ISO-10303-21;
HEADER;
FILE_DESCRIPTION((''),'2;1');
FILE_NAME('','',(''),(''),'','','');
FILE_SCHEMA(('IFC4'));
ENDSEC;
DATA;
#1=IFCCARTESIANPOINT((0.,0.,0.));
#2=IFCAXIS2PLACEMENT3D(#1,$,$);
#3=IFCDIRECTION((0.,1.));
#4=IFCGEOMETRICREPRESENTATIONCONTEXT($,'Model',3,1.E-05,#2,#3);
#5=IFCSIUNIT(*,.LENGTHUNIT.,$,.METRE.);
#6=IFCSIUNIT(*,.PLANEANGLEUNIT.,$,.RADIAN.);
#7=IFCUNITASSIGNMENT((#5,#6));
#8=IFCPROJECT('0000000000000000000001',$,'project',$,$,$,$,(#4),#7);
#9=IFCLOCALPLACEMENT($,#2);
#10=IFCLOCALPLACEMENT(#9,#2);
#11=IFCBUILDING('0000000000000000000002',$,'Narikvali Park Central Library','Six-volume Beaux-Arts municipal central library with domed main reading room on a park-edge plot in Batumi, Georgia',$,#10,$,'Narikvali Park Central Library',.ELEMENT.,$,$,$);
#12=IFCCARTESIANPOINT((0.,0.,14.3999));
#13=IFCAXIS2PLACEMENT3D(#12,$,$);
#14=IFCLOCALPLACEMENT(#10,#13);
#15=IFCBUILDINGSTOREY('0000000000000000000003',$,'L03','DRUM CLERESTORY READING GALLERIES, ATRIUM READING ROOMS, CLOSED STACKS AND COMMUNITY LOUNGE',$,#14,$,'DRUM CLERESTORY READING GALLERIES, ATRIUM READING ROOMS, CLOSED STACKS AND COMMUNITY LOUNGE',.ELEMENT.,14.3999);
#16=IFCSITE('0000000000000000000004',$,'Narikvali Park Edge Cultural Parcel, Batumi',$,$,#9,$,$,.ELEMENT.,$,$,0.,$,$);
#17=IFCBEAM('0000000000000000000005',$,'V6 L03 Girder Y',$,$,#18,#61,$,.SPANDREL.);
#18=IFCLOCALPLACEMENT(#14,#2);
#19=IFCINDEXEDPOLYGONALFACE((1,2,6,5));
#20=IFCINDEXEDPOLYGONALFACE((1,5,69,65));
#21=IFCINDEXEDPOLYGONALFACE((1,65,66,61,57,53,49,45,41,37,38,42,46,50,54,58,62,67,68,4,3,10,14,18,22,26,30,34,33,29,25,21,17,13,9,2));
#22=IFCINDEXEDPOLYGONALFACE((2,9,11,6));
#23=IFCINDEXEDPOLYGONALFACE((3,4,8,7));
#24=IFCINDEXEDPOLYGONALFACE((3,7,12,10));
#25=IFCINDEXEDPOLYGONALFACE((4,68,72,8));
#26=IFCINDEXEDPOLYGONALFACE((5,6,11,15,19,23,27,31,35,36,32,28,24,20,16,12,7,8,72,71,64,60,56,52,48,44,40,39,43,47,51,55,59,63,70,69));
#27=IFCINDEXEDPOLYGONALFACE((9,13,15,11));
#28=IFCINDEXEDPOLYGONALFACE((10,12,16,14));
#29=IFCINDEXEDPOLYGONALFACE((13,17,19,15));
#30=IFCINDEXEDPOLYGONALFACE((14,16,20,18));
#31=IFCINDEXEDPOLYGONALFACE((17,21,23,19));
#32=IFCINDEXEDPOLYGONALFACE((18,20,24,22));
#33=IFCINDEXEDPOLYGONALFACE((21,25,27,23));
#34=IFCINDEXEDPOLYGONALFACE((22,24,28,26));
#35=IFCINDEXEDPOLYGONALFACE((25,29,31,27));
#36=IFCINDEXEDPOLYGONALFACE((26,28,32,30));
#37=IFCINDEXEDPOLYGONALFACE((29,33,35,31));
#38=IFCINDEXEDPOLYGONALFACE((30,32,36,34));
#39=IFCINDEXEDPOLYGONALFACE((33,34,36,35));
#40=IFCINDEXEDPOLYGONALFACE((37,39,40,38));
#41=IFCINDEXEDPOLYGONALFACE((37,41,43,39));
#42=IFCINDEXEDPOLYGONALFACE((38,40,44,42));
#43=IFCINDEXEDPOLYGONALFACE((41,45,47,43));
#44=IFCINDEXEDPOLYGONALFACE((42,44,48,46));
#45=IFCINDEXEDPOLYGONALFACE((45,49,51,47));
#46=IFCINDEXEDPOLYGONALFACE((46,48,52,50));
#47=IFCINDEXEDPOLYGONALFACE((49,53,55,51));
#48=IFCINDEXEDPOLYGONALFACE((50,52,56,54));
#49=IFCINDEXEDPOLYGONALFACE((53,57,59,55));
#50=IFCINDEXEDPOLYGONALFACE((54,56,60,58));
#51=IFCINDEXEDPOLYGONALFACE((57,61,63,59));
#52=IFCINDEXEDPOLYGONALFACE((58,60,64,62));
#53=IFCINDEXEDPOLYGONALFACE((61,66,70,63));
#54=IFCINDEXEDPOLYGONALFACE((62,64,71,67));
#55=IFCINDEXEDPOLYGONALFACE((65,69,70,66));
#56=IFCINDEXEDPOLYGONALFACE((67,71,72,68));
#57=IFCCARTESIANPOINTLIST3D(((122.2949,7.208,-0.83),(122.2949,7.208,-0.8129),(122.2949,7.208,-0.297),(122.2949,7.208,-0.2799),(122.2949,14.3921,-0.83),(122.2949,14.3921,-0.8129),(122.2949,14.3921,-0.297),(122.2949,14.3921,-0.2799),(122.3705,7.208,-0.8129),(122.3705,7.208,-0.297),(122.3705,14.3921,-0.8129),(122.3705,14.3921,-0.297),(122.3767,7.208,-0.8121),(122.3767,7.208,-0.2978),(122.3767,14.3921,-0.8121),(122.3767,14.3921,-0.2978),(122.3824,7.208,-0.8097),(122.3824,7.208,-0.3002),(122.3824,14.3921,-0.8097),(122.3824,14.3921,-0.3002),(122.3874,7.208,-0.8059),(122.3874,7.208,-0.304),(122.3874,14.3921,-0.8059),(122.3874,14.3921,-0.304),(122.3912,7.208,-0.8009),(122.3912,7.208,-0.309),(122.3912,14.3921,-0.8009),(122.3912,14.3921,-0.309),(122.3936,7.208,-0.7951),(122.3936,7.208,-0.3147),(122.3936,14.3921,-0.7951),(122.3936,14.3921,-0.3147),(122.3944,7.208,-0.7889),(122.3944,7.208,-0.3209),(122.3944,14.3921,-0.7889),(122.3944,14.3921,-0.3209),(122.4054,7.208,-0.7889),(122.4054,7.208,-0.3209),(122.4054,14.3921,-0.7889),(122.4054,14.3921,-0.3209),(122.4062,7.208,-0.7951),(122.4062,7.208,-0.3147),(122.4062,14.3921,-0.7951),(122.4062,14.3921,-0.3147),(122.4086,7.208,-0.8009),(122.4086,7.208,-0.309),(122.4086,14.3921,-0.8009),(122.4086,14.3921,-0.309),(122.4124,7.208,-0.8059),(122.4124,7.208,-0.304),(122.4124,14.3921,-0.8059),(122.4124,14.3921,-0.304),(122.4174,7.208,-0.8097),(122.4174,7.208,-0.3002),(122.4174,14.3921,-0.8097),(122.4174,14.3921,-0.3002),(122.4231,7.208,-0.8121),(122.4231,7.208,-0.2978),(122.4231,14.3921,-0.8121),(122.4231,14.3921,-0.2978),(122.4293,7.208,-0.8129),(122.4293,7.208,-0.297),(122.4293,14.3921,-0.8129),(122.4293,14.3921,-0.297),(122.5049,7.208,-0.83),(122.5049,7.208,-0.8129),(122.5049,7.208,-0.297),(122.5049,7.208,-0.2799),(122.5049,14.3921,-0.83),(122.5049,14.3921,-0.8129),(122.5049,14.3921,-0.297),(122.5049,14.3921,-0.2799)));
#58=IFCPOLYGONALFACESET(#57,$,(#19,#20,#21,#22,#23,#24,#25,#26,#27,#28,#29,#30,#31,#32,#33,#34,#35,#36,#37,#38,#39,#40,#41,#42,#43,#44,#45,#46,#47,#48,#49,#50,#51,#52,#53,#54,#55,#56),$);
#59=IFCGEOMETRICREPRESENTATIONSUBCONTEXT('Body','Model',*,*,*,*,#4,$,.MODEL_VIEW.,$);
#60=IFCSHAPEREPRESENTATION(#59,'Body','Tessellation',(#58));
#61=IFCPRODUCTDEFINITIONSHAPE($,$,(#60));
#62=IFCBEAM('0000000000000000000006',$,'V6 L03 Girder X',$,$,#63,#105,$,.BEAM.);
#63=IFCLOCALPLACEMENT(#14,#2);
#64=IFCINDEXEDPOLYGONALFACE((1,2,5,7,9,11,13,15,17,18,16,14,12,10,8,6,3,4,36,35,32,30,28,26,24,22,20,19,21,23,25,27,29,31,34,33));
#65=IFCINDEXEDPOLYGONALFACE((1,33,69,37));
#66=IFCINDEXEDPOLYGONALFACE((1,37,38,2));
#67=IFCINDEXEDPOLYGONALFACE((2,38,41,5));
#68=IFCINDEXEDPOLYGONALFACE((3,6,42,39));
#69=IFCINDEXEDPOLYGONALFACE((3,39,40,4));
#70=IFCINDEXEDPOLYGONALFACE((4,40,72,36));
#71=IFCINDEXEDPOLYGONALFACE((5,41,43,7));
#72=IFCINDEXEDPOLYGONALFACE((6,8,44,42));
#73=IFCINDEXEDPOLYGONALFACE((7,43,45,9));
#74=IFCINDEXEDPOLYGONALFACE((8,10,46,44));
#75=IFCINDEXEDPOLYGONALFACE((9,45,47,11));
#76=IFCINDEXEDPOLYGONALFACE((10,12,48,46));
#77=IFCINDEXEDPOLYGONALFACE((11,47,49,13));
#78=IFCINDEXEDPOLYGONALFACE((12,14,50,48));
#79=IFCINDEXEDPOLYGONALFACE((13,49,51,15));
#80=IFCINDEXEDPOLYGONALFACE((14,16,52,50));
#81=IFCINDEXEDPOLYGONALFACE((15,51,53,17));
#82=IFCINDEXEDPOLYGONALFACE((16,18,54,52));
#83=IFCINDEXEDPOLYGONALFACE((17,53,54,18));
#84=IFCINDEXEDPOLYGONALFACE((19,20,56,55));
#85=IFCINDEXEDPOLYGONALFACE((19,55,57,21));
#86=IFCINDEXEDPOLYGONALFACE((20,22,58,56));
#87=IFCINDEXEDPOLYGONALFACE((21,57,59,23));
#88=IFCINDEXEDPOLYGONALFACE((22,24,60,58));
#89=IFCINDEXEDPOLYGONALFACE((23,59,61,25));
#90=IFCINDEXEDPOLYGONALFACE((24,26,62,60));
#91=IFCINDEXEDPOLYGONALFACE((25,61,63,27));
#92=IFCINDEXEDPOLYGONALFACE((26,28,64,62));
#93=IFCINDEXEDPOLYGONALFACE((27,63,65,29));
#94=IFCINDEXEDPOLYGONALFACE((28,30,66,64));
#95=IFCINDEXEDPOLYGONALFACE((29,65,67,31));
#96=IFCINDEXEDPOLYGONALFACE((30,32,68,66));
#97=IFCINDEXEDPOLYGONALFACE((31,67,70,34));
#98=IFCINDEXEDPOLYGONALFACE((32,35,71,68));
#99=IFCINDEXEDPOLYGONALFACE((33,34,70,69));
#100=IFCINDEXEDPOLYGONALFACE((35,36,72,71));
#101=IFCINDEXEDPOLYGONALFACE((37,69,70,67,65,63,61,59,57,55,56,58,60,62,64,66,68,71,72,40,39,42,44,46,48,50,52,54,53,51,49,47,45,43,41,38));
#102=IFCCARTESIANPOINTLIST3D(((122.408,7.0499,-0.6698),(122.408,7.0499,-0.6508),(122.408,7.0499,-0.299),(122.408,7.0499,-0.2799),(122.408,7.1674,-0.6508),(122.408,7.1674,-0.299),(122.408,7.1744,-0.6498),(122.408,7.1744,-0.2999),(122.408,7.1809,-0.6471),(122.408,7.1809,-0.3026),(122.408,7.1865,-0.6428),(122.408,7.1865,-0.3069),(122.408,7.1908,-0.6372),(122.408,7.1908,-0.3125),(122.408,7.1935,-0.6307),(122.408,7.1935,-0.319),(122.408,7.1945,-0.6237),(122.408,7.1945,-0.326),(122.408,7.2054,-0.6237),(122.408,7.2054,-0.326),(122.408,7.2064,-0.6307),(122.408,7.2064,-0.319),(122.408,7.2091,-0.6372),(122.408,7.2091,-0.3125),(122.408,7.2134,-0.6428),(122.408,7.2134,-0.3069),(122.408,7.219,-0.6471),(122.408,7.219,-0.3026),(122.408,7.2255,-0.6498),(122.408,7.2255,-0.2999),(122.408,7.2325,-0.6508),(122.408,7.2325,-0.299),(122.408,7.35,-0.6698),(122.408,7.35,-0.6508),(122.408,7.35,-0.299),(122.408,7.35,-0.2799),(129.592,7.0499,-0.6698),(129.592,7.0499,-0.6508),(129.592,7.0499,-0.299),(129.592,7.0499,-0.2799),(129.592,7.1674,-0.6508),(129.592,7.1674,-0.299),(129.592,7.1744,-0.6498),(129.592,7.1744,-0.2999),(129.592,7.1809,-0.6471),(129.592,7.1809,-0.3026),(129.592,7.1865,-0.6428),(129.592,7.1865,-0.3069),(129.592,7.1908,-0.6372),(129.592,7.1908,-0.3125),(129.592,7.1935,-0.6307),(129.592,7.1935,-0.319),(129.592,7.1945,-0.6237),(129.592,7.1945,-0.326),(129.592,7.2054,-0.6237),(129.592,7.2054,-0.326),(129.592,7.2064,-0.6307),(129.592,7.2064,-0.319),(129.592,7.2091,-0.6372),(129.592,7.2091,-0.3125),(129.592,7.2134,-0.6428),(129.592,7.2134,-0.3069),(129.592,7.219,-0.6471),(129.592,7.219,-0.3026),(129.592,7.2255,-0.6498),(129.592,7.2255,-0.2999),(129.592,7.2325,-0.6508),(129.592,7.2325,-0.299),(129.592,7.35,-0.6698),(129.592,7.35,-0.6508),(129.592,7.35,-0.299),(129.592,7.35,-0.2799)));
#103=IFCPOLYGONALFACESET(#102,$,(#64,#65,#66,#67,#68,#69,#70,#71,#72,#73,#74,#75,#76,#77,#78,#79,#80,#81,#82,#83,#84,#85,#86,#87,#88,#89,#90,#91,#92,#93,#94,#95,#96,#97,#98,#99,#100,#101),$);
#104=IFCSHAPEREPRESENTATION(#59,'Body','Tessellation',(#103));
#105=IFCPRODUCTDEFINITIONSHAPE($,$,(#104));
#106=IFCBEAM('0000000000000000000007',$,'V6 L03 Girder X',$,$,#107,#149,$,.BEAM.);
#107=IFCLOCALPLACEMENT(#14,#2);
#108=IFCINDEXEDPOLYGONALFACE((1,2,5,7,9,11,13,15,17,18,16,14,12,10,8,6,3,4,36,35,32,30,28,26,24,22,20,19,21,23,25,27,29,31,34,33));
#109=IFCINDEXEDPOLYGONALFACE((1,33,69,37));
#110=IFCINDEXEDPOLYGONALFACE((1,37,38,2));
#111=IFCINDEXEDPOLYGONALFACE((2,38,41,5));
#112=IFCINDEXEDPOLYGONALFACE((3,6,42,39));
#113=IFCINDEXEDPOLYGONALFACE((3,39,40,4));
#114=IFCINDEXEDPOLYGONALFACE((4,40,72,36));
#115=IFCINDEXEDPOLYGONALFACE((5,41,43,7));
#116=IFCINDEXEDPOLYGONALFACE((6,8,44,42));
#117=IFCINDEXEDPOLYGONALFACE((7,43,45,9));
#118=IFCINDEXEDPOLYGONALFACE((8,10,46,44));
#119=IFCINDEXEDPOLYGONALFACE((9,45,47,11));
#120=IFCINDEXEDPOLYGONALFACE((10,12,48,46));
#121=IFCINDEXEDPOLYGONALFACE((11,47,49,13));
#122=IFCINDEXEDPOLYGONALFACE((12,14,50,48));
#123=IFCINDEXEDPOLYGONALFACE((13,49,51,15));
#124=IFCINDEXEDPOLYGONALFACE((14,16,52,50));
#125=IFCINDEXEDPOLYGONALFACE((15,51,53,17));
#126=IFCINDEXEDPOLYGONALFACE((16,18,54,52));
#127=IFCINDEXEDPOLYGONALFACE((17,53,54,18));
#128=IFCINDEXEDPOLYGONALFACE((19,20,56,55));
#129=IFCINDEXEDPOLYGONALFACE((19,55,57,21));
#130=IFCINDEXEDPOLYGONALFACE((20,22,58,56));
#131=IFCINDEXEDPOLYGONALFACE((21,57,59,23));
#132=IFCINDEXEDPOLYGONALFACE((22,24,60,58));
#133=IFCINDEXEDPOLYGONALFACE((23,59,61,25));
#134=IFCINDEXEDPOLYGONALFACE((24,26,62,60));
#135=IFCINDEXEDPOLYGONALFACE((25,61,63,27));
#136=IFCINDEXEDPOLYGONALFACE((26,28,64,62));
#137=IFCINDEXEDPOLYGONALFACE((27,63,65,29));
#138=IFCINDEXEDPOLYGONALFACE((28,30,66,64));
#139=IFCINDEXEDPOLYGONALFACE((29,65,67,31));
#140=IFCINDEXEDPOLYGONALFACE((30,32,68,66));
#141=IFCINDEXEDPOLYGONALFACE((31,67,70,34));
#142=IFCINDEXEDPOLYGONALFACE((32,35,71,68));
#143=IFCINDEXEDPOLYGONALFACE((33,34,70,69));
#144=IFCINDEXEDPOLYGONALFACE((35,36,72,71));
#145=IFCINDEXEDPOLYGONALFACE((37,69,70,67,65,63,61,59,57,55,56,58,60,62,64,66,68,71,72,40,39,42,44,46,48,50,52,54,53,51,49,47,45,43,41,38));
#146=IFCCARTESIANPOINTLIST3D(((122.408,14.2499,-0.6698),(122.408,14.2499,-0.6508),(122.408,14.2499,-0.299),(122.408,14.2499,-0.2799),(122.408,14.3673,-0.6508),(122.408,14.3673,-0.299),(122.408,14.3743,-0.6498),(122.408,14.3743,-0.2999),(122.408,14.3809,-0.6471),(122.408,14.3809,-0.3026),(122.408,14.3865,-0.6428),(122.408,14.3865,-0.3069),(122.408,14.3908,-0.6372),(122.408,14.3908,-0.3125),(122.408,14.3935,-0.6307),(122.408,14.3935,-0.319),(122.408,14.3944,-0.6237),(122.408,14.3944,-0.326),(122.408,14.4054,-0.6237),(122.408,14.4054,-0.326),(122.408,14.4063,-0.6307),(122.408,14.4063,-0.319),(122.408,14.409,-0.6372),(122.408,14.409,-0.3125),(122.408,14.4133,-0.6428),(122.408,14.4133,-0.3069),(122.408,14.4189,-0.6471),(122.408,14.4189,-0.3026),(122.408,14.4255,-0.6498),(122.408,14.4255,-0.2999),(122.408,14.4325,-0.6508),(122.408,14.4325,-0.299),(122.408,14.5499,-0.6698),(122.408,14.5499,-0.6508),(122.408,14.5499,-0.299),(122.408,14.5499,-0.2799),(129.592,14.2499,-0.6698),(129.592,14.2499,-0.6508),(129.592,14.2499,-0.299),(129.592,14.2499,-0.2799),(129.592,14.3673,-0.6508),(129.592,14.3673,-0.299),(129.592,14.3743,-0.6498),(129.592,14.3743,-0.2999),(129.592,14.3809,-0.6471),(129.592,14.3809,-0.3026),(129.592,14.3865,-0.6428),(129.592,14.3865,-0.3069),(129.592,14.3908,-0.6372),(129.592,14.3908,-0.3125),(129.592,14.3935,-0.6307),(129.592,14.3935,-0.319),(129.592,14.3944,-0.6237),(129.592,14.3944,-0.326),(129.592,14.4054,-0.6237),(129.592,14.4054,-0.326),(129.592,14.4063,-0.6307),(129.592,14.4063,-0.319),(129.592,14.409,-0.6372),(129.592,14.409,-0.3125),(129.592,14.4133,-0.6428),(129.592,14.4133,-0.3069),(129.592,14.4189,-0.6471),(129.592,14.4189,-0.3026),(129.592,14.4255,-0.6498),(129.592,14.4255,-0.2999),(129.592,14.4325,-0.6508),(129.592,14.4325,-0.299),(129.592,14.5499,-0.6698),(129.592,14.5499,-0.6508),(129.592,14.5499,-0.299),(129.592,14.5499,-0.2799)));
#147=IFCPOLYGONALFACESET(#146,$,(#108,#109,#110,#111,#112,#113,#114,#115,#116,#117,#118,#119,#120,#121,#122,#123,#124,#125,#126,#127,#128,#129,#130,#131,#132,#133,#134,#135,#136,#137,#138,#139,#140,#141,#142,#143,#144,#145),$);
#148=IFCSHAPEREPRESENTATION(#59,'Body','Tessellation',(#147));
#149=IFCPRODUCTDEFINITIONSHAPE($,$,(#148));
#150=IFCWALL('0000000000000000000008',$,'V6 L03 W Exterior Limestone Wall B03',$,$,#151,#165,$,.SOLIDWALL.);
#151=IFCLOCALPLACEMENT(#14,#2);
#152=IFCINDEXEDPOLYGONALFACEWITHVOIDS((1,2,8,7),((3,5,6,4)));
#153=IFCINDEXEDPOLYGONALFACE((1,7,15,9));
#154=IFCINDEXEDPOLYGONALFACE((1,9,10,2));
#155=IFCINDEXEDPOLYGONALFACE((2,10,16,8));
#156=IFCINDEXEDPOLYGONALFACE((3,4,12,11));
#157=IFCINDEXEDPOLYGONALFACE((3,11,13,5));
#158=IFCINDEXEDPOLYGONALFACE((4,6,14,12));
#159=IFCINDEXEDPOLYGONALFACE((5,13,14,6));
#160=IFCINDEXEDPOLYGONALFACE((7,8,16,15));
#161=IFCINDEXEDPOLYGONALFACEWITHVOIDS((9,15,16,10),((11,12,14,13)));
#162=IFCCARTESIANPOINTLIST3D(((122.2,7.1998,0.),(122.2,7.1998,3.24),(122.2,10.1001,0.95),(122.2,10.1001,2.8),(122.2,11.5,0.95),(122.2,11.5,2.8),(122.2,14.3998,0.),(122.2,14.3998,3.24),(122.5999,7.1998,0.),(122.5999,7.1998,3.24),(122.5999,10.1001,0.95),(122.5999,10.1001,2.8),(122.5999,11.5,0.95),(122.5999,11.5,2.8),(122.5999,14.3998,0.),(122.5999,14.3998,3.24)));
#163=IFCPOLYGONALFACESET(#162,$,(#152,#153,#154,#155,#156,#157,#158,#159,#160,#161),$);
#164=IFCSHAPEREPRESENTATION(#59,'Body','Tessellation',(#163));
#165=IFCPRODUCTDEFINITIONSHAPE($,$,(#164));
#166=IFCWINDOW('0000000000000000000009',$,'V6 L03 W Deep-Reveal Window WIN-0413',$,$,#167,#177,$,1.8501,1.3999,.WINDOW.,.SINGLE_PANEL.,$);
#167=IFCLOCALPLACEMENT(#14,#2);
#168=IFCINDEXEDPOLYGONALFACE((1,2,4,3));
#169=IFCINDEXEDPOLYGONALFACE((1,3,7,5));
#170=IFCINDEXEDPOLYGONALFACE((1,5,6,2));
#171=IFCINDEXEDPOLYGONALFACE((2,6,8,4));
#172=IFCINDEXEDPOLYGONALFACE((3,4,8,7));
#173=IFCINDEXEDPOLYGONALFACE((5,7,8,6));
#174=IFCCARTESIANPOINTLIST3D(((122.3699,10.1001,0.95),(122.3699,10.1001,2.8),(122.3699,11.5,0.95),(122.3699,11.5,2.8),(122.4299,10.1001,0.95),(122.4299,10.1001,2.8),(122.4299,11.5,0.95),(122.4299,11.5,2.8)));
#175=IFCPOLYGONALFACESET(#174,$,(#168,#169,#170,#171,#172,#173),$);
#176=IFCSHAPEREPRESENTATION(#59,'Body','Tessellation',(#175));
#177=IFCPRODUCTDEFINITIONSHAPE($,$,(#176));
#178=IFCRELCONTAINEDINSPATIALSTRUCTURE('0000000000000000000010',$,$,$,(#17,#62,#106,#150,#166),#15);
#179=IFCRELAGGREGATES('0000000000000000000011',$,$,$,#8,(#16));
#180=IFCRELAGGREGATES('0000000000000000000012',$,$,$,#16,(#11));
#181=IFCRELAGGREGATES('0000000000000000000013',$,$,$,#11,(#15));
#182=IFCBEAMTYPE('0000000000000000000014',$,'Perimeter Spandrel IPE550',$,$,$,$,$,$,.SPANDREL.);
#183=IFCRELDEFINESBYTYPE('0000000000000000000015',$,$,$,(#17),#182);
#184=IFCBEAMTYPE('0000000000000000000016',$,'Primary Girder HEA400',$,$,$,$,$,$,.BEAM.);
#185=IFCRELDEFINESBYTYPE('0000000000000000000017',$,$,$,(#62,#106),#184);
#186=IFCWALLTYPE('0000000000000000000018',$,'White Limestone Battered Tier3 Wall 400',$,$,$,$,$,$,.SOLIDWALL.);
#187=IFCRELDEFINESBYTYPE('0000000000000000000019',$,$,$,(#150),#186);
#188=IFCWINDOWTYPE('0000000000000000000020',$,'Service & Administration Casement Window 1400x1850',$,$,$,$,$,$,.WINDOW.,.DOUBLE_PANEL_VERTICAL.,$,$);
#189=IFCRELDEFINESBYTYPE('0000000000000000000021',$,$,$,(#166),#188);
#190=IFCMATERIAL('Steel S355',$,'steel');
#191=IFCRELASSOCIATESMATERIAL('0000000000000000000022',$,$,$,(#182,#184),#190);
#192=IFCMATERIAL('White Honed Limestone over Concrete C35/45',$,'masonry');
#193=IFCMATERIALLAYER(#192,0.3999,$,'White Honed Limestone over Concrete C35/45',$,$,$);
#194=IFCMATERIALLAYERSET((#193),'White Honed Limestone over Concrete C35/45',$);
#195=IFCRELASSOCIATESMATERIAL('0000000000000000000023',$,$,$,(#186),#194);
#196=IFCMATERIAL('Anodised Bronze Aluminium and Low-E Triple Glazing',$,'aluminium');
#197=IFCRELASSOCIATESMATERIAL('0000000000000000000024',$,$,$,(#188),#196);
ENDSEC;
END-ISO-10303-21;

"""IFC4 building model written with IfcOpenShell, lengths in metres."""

from ifc_helpers import new_model, si_unit, direction, frame, frame_2d, origin, origin_2d, place, context, subcontext, project, spatial, rectangle, i_section, extrude, material, layer, layer_set, material_profile, profile_set, type_object, element, fill, save


model = new_model("IFC4")

# Units and contexts
model_context = context("Model", 3, precision=1e-05, world=origin(), true_north=direction((0.0, 1.0)))
body_context = subcontext(model_context, "Body", "Model", "MODEL_VIEW")
ifc_project = project(units=[si_unit("LENGTHUNIT", "METRE"), si_unit("PLANEANGLEUNIT", "RADIAN")], contexts=[model_context])

# Site, building, storey
site_placement = place(None, origin())
site = spatial("IfcSite", under=ifc_project, at=site_placement, Name="Narikvali Park Edge Cultural Parcel, Batumi", CompositionType="ELEMENT", RefElevation=0.0)
building_placement = place(site_placement, origin())
building = spatial("IfcBuilding", under=site, at=building_placement, Name="Narikvali Park Central Library", Description="Six-volume Beaux-Arts municipal central library with domed main reading room on a park-edge plot in Batumi, Georgia", LongName="Narikvali Park Central Library", CompositionType="ELEMENT")
storey_placement = place(building_placement, frame((0.0, 0.0, 14.3999)))
storey = spatial("IfcBuildingStorey", under=building, at=storey_placement, Name="L03", Description="DRUM CLERESTORY READING GALLERIES, ATRIUM READING ROOMS, CLOSED STACKS AND COMMUNITY LOUNGE", LongName="DRUM CLERESTORY READING GALLERIES, ATRIUM READING ROOMS, CLOSED STACKS AND COMMUNITY LOUNGE", CompositionType="ELEMENT", Elevation=14.3999)

# Shared definitions
ifc_material_1 = material(Name="Steel S355", Category="steel")

# Beams
ifc_material_profile_1 = material_profile(ifc_material_1, i_section(OverallWidth=0.21, OverallDepth=0.55, WebThickness=0.011, FlangeThickness=0.0171, FilletRadius=0.0239, at=origin_2d()), Name="IPE 550")
ifc_profile_set_1 = profile_set([ifc_material_profile_1], Name="Steel S355")
beam_type_1 = type_object("IfcBeamType", Name="Perimeter Spandrel IPE550", PredefinedType="SPANDREL", material=ifc_profile_set_1)
beam_placement = place(storey_placement, frame((122.3999, 7.208, -0.5549), z_axis=(0.0, 1.0, 0.0), x_axis=(-1.0, 0.0, 0.0)))
element("IfcBeam", 1, at=beam_placement, inside=storey, type_object=beam_type_1, Name="V6 L03 Girder Y", PredefinedType="SPANDREL", context=body_context, shape_type="SweptSolid", body=[
    extrude(i_section(OverallWidth=0.21, OverallDepth=0.55, WebThickness=0.011, FlangeThickness=0.0171, FilletRadius=0.0239, at=origin_2d()), origin(), (0.0, 0.0, 1.0), 7.1841),
])
ifc_material_profile_2 = material_profile(ifc_material_1, i_section(OverallWidth=0.3, OverallDepth=0.3899, WebThickness=0.011, FlangeThickness=0.019, FilletRadius=0.0271, at=origin_2d()), Name="HEA 400")
ifc_profile_set_2 = profile_set([ifc_material_profile_2], Name="Steel S355")
beam_type_2 = type_object("IfcBeamType", Name="Primary Girder HEA400", PredefinedType="BEAM", material=ifc_profile_set_2)
for number, where, z_axis, x_axis, name in (
    (2, (122.408, 7.2, -0.4749), (1.0, 0.0, 0.0), (0.0, 1.0, 0.0), "V6 L03 Girder X"),
    (3, (122.408, 14.3999, -0.4749), (1.0, 0.0, 0.0), (0.0, 1.0, 0.0), "V6 L03 Girder X"),
):
    element("IfcBeam", number, at=place(storey_placement, frame(where, z_axis=z_axis, x_axis=x_axis)), inside=storey, type_object=beam_type_2, Name=name, PredefinedType="BEAM", context=body_context, shape_type="SweptSolid", body=[
        extrude(i_section(OverallWidth=0.3, OverallDepth=0.3899, WebThickness=0.011, FlangeThickness=0.019, FilletRadius=0.0271, at=origin_2d()), origin(), (0.0, 0.0, 1.0), 7.1841),
    ])

# Wall, opening, window
ifc_material_2 = material(Name="White Honed Limestone over Concrete C35/45", Category="masonry")
ifc_layer_1 = layer(ifc_material_2, 0.3999, Name="White Honed Limestone over Concrete C35/45")
ifc_layer_set_1 = layer_set([ifc_layer_1], Name="White Honed Limestone over Concrete C35/45")
wall_type = type_object("IfcWallType", Name="White Limestone Battered Tier3 Wall 400", PredefinedType="SOLIDWALL", material=ifc_layer_set_1)
wall_1_placement = place(storey_placement, frame((122.3999, 14.3999, 0.0), z_axis=(0.0, 0.0, 1.0), x_axis=(0.0, -1.0, 0.0)))
wall_1 = element("IfcWall", 4, at=wall_1_placement, inside=storey, type_object=wall_type, Name="V6 L03 W Exterior Limestone Wall B03", PredefinedType="SOLIDWALL", context=body_context, shape_type="SweptSolid", body=[
    extrude(rectangle(XDim=7.2, YDim=0.3999, at=frame_2d((3.6001, 0.0))), origin(), (0.0, 0.0, 1.0), 3.24),
])
opening_1_placement = place(wall_1_placement, frame((2.8999, 0.0, 0.95)))
opening_1 = element("IfcOpeningElement", 5, at=opening_1_placement, cuts=wall_1, PredefinedType="OPENING", context=body_context, shape_type="SweptSolid", body=[
    extrude(rectangle(XDim=1.3999, YDim=1.8501, at=frame_2d((0.7, 0.925))), frame((0.0, 0.2119, 0.0), z_axis=(0.0, -1.0, 0.0), x_axis=(1.0, 0.0, 0.0)), (0.0, 0.0, 1.0), 0.4238),
])
ifc_material_3 = material(Name="Anodised Bronze Aluminium and Low-E Triple Glazing", Category="aluminium")
window_type = type_object("IfcWindowType", Name="Service & Administration Casement Window 1400x1850", PartitioningType="DOUBLE_PANEL_VERTICAL", PredefinedType="WINDOW", material=ifc_material_3)
window_1_placement = place(opening_1_placement, origin())
window_1 = element("IfcWindow", 6, at=window_1_placement, inside=storey, type_object=window_type, Name="V6 L03 W Deep-Reveal Window WIN-0413", OverallHeight=1.8501, OverallWidth=1.3999, PartitioningType="SINGLE_PANEL", PredefinedType="WINDOW", context=body_context, shape_type="SweptSolid", body=[
    extrude(rectangle(XDim=1.3999, YDim=1.8501, at=frame_2d((0.7, 0.925))), frame((0.0, 0.03, 0.0), z_axis=(0.0, -1.0, 0.0), x_axis=(1.0, 0.0, 0.0)), (0.0, 0.0, 1.0), 0.0601),
])
fill(opening_1, window_1)

save(model, "model.ifc")
